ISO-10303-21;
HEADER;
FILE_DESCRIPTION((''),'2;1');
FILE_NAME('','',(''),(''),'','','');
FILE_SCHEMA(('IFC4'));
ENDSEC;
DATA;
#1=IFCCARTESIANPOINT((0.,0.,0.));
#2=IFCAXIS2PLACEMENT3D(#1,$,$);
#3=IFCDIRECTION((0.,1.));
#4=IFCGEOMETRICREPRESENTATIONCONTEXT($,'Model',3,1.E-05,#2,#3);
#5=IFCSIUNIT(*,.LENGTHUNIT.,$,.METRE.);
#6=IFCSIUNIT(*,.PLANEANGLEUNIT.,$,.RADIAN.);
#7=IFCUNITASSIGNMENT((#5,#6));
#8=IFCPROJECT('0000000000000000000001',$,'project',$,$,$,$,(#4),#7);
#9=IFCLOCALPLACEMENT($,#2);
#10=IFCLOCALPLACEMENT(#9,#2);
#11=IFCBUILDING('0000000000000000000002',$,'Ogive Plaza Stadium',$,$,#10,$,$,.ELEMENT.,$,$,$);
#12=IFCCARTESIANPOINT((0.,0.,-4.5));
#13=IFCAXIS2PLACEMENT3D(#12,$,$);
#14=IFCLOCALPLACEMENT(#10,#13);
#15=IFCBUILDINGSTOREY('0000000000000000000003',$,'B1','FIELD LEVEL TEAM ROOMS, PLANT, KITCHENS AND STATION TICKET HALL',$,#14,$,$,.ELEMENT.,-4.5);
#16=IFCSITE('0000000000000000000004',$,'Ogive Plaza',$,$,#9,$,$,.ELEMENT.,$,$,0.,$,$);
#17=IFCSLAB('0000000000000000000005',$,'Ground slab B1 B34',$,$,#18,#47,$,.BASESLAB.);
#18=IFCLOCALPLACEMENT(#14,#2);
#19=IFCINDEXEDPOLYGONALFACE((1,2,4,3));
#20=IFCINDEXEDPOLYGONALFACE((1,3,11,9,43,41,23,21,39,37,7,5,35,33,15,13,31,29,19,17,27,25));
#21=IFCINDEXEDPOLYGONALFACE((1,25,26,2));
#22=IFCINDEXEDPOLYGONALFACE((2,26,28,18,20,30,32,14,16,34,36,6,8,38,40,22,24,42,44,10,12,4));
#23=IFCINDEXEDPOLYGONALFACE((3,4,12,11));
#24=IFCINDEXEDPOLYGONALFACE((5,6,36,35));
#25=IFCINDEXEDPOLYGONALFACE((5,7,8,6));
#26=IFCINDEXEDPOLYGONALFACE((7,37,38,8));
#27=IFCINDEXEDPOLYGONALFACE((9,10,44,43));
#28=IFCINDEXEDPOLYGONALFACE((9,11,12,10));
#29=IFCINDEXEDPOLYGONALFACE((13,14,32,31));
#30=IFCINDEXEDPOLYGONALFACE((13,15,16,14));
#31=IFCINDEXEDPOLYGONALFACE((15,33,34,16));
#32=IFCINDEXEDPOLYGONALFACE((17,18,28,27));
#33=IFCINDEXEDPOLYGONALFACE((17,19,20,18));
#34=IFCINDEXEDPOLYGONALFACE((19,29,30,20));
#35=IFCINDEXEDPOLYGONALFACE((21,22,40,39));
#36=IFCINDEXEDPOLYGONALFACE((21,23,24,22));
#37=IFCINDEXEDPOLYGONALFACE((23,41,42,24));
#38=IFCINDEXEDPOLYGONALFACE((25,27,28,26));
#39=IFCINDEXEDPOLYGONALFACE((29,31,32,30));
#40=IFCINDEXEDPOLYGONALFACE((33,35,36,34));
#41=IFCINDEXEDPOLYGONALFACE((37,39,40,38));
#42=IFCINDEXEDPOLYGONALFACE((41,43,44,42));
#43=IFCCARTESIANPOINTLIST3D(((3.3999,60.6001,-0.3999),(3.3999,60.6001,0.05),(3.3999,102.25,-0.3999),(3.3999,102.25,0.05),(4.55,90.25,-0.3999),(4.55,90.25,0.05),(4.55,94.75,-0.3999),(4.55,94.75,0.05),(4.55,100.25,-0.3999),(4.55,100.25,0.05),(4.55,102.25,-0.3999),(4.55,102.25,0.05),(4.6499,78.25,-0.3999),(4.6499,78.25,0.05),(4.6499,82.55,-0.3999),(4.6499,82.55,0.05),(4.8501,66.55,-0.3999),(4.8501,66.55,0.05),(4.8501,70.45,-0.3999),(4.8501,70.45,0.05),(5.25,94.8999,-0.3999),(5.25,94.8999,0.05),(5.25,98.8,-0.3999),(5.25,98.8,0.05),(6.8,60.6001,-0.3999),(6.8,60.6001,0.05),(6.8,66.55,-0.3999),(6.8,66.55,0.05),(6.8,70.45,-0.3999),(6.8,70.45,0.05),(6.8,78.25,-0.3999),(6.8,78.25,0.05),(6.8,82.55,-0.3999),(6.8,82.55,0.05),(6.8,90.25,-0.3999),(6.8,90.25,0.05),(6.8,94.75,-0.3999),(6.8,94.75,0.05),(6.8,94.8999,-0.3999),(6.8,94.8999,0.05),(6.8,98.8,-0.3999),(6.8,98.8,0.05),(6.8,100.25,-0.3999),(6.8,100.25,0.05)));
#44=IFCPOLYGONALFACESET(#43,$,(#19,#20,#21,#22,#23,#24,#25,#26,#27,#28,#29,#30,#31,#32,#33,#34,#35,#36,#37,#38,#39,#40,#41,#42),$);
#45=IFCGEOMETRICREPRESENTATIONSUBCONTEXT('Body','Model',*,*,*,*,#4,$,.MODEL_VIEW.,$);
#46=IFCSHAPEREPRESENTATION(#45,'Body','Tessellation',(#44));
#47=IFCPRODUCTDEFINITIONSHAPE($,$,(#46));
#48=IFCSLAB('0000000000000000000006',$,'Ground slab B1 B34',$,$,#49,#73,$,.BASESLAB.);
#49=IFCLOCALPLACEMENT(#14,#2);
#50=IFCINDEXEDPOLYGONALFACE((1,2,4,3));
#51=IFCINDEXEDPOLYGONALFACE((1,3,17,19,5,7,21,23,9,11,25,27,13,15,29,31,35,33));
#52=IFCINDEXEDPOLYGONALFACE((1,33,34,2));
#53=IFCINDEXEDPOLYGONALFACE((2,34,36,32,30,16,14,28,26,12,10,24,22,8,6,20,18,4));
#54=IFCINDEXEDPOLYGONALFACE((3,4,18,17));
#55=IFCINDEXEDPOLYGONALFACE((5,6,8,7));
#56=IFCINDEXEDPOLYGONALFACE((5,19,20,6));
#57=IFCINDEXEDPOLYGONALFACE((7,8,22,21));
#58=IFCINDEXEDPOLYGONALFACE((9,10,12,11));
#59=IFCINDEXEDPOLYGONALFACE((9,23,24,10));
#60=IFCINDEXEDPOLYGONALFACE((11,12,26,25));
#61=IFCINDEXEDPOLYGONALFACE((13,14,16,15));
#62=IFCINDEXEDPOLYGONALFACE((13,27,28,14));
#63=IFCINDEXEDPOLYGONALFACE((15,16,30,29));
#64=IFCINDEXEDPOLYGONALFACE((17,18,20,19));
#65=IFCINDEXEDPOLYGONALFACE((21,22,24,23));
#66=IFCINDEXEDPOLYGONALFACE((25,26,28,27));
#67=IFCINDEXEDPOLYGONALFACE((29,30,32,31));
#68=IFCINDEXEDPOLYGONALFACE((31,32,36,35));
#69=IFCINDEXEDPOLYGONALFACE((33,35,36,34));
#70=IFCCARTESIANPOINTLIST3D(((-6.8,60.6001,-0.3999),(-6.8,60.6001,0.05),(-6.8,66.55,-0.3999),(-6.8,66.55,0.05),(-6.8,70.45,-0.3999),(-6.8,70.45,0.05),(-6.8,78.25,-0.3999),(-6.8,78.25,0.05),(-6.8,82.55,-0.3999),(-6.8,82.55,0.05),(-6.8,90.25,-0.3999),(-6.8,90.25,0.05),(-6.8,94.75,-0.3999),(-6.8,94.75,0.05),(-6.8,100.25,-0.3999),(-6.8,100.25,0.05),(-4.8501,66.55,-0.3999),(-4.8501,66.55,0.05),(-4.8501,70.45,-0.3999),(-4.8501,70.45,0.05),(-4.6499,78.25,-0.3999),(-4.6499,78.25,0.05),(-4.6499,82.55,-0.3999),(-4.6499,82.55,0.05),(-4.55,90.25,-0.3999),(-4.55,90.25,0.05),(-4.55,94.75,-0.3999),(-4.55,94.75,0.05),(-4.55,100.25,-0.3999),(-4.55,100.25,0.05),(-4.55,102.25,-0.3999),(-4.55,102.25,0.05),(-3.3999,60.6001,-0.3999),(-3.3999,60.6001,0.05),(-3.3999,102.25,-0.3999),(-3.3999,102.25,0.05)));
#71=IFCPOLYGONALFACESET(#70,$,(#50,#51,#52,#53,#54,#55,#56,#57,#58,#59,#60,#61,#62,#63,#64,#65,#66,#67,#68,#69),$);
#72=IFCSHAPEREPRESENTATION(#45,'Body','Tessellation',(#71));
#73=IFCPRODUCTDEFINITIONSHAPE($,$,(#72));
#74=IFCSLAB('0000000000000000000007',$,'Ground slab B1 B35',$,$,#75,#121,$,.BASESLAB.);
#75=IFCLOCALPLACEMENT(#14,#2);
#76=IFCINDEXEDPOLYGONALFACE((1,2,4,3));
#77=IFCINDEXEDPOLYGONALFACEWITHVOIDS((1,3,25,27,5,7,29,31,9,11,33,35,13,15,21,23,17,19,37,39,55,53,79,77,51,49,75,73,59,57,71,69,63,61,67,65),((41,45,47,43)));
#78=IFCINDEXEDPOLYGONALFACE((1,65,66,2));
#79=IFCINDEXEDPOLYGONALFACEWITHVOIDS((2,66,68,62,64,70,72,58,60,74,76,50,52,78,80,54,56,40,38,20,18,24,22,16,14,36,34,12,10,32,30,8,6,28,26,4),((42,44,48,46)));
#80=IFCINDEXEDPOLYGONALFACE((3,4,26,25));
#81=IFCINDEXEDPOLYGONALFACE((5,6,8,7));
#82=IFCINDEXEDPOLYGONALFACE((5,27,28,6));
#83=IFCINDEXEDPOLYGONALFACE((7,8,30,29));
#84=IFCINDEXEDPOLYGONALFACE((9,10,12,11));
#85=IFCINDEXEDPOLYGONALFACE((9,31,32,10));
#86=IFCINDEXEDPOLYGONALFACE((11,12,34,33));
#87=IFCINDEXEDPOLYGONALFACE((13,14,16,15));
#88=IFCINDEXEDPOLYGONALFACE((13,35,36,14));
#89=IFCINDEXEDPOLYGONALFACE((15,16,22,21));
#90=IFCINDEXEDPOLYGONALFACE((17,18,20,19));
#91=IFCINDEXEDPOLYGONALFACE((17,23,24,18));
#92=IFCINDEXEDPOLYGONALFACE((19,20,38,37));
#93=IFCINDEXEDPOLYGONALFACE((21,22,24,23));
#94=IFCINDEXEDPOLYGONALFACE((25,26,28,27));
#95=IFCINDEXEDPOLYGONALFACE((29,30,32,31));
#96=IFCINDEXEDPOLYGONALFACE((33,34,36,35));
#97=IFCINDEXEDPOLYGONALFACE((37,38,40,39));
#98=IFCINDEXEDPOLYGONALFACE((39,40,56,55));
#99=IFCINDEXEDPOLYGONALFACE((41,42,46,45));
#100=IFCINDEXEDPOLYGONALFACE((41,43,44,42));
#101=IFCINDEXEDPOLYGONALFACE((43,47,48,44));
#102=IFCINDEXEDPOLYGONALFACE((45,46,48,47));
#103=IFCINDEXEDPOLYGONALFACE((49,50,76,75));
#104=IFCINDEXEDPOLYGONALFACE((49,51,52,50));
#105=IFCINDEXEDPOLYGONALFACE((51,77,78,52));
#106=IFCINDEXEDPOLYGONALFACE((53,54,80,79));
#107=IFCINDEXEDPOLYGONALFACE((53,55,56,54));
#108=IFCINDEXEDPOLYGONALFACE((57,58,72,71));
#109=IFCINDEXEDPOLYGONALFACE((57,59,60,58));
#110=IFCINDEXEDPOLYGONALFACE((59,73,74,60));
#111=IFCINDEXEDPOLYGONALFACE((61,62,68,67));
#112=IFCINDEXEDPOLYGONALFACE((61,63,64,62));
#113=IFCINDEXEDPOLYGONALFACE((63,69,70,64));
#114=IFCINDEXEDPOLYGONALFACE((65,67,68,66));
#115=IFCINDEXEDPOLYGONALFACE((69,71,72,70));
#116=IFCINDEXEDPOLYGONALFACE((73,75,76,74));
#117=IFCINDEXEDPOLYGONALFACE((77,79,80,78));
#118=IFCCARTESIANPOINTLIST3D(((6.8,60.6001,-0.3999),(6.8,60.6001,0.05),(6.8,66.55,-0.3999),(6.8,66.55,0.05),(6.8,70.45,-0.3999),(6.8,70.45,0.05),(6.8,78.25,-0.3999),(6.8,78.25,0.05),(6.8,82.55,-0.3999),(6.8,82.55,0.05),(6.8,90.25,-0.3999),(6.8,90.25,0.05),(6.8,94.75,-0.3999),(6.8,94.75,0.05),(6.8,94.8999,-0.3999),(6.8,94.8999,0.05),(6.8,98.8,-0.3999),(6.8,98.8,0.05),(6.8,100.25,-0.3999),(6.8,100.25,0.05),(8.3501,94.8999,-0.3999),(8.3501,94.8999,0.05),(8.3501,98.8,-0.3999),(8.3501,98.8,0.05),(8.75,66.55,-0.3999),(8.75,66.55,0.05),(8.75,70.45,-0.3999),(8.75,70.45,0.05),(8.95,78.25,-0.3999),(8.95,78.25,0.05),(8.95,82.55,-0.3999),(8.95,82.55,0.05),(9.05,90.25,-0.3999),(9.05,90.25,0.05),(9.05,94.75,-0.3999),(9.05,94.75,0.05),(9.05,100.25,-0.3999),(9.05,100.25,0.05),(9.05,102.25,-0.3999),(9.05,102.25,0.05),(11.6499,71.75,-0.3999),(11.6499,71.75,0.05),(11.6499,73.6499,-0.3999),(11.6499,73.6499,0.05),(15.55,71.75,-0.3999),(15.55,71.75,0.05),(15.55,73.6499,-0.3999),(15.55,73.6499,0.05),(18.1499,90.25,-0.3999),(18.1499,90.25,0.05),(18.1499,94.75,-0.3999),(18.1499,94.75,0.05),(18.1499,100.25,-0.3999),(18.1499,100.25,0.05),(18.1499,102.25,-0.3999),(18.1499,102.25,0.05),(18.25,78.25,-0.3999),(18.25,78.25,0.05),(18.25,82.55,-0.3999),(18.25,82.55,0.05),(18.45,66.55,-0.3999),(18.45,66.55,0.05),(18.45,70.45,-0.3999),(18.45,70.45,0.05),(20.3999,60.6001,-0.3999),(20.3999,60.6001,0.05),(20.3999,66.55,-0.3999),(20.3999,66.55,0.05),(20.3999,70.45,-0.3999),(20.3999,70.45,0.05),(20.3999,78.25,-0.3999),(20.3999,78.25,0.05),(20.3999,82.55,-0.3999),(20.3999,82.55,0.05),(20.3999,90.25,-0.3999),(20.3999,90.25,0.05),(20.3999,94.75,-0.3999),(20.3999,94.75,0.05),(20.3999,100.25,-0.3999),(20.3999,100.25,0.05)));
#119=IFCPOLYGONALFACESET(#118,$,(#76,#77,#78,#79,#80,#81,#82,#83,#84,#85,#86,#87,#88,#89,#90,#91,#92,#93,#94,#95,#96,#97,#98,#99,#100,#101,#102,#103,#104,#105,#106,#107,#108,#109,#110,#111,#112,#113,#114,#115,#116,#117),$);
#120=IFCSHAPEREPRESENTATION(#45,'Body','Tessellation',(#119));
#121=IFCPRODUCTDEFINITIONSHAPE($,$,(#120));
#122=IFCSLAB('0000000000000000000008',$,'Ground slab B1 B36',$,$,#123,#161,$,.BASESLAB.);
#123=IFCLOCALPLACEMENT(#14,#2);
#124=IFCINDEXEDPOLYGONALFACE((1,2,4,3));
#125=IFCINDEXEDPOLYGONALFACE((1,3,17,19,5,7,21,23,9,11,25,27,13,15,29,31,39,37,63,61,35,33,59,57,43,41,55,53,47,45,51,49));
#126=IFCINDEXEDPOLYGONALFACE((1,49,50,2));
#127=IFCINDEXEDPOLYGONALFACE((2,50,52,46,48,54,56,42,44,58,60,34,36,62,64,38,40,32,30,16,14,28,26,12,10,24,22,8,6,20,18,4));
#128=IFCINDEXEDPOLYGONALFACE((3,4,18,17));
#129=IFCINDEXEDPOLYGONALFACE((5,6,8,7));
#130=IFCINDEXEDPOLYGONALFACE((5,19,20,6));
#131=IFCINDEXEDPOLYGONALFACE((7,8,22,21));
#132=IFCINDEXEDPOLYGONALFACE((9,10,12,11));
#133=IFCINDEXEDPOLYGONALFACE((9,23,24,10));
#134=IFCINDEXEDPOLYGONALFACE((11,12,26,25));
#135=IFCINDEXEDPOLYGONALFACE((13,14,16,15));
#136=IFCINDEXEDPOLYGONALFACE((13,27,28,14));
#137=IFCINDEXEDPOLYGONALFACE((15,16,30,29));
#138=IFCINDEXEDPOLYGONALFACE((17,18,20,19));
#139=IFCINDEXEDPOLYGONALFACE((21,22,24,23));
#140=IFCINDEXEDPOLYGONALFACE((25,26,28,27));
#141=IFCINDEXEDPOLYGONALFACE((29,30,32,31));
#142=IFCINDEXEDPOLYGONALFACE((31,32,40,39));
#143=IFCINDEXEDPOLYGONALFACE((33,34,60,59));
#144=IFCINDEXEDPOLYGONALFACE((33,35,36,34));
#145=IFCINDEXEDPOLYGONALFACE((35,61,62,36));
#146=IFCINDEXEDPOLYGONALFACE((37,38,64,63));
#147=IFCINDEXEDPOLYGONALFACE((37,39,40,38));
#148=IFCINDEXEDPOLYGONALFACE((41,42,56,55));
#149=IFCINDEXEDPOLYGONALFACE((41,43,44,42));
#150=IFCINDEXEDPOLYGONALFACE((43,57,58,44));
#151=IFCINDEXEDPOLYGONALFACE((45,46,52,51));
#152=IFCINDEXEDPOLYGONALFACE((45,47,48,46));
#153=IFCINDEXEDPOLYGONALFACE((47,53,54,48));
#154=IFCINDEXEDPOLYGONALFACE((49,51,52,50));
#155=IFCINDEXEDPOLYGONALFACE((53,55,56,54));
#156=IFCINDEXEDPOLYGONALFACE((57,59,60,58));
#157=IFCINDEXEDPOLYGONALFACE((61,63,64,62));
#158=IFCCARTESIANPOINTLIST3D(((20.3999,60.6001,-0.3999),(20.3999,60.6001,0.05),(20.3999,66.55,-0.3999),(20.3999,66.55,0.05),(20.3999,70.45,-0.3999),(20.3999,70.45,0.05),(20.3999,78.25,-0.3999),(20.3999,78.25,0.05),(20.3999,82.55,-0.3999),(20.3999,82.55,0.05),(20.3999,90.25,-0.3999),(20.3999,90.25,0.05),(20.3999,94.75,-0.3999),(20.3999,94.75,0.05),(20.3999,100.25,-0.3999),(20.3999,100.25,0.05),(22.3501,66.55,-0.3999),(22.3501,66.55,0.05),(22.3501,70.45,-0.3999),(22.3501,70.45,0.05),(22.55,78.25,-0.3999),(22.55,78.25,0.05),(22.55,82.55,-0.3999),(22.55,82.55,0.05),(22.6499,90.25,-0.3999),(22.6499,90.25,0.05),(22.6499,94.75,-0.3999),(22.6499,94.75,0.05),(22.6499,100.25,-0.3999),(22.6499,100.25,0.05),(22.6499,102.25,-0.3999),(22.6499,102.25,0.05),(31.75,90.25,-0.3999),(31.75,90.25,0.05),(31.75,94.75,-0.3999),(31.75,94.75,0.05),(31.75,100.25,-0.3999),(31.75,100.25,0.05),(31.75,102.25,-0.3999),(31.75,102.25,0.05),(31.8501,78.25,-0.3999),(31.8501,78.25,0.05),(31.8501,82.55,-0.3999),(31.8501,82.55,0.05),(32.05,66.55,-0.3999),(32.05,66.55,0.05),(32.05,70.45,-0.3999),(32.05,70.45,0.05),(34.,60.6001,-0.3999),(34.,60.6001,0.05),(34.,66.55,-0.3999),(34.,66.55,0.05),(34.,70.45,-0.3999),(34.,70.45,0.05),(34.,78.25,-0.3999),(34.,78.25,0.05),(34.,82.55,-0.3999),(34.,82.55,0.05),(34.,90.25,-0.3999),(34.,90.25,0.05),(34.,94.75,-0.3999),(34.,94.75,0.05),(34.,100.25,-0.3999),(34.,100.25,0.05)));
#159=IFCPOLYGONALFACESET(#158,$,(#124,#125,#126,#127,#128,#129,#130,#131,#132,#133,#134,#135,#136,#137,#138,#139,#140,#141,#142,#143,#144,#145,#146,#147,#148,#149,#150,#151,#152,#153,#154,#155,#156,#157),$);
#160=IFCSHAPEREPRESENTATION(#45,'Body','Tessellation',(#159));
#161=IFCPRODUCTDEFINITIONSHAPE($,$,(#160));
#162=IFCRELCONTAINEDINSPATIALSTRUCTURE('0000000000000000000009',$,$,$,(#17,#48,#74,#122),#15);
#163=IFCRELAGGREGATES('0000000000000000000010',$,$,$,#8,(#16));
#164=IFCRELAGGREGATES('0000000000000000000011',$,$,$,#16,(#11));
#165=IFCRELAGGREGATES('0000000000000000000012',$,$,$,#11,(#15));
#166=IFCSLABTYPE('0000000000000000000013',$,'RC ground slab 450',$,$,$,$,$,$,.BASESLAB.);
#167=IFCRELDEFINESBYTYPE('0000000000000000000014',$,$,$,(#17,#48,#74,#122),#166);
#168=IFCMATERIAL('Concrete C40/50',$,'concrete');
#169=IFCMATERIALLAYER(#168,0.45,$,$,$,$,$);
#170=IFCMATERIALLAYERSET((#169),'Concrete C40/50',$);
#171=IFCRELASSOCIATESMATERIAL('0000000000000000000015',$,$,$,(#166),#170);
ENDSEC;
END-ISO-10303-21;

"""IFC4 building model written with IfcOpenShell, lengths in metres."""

from ifc_helpers import new_model, si_unit, direction, frame, origin, place, context, subcontext, project, spatial, polyline, outline, extrude, material, layer, layer_set, type_object, element, save


model = new_model("IFC4")

# Units and contexts
model_context = context("Model", 3, precision=1e-05, world=origin(), true_north=direction((0.0, 1.0)))
body_context = subcontext(model_context, "Body", "Model", "MODEL_VIEW")
ifc_project = project(units=[si_unit("LENGTHUNIT", "METRE"), si_unit("PLANEANGLEUNIT", "RADIAN")], contexts=[model_context])

# Site, building, storey
site_placement = place(None, origin())
site = spatial("IfcSite", under=ifc_project, at=site_placement, Name="Ogive Plaza", CompositionType="ELEMENT", RefElevation=0.0)
building_placement = place(site_placement, origin())
building = spatial("IfcBuilding", under=site, at=building_placement, Name="Ogive Plaza Stadium", CompositionType="ELEMENT")
storey_placement = place(building_placement, frame((0.0, 0.0, -4.5)))
storey = spatial("IfcBuildingStorey", under=building, at=storey_placement, Name="B1", Description="FIELD LEVEL TEAM ROOMS, PLANT, KITCHENS AND STATION TICKET HALL", CompositionType="ELEMENT", Elevation=-4.5)

# Slabs
ifc_material_1 = material(Name="Concrete C40/50", Category="concrete")
ifc_layer_1 = layer(ifc_material_1, 0.45)
ifc_layer_set_1 = layer_set([ifc_layer_1], Name="Concrete C40/50")
slab_type_1 = type_object("IfcSlabType", Name="RC ground slab 450", PredefinedType="BASESLAB", material=ifc_layer_set_1)
slab_1_placement = place(storey_placement, frame((0.0, 0.0, -0.3999)))
element("IfcSlab", 1, at=slab_1_placement, inside=storey, type_object=slab_type_1, Name="Ground slab B1 B34", PredefinedType="BASESLAB", context=body_context, shape_type="SweptSolid", body=[
    extrude(outline(polyline([(6.8, 66.55), (4.8501, 66.55), (4.8501, 70.45), (6.8, 70.45), (6.8, 78.25), (4.6499, 78.25), (4.6499, 82.55), (6.8, 82.55), (6.8, 90.25), (4.55, 90.25), (4.55, 94.75), (6.8, 94.75), (6.8, 94.8999), (5.25, 94.8999), (5.25, 98.8), (6.8, 98.8), (6.8, 100.25), (4.55, 100.25), (4.55, 102.25), (3.3999, 102.25), (3.3999, 60.6001), (6.8, 60.6001), (6.8, 66.55)])), origin(), (0.0, 0.0, 1.0), 0.45),
])
slab_2_placement = place(storey_placement, frame((0.0, 0.0, -0.3999)))
element("IfcSlab", 2, at=slab_2_placement, inside=storey, type_object=slab_type_1, Name="Ground slab B1 B34", PredefinedType="BASESLAB", context=body_context, shape_type="SweptSolid", body=[
    extrude(outline(polyline([(-4.55, 102.25), (-4.55, 100.25), (-6.8, 100.25), (-6.8, 94.75), (-4.55, 94.75), (-4.55, 90.25), (-6.8, 90.25), (-6.8, 82.55), (-4.6499, 82.55), (-4.6499, 78.25), (-6.8, 78.25), (-6.8, 70.45), (-4.8501, 70.45), (-4.8501, 66.55), (-6.8, 66.55), (-6.8, 60.6001), (-3.3999, 60.6001), (-3.3999, 102.25), (-4.55, 102.25)])), origin(), (0.0, 0.0, 1.0), 0.45),
])
slab_3_placement = place(storey_placement, frame((0.0, 0.0, -0.3999)))
element("IfcSlab", 3, at=slab_3_placement, inside=storey, type_object=slab_type_1, Name="Ground slab B1 B35", PredefinedType="BASESLAB", context=body_context, shape_type="SweptSolid", body=[
    extrude(outline(polyline([(20.3999, 66.55), (18.45, 66.55), (18.45, 70.45), (20.3999, 70.45), (20.3999, 78.25), (18.25, 78.25), (18.25, 82.55), (20.3999, 82.55), (20.3999, 90.25), (18.1499, 90.25), (18.1499, 94.75), (20.3999, 94.75), (20.3999, 100.25), (18.1499, 100.25), (18.1499, 102.25), (9.05, 102.25), (9.05, 100.25), (6.8, 100.25), (6.8, 98.8), (8.3501, 98.8), (8.3501, 94.8999), (6.8, 94.8999), (6.8, 94.75), (9.05, 94.75), (9.05, 90.25), (6.8, 90.25), (6.8, 82.55), (8.95, 82.55), (8.95, 78.25), (6.8, 78.25), (6.8, 70.45), (8.75, 70.45), (8.75, 66.55), (6.8, 66.55), (6.8, 60.6001), (20.3999, 60.6001), (20.3999, 66.55)]), holes=[polyline([(11.6499, 73.6499), (11.6499, 71.75), (15.55, 71.75), (15.55, 73.6499), (11.6499, 73.6499)])]), origin(), (0.0, 0.0, 1.0), 0.45),
])
slab_4_placement = place(storey_placement, frame((0.0, 0.0, -0.3999)))
element("IfcSlab", 4, at=slab_4_placement, inside=storey, type_object=slab_type_1, Name="Ground slab B1 B36", PredefinedType="BASESLAB", context=body_context, shape_type="SweptSolid", body=[
    extrude(outline(polyline([(34.0, 66.55), (32.05, 66.55), (32.05, 70.45), (34.0, 70.45), (34.0, 78.25), (31.8501, 78.25), (31.8501, 82.55), (34.0, 82.55), (34.0, 90.25), (31.75, 90.25), (31.75, 94.75), (34.0, 94.75), (34.0, 100.25), (31.75, 100.25), (31.75, 102.25), (22.6499, 102.25), (22.6499, 100.25), (20.3999, 100.25), (20.3999, 94.75), (22.6499, 94.75), (22.6499, 90.25), (20.3999, 90.25), (20.3999, 82.55), (22.55, 82.55), (22.55, 78.25), (20.3999, 78.25), (20.3999, 70.45), (22.3501, 70.45), (22.3501, 66.55), (20.3999, 66.55), (20.3999, 60.6001), (34.0, 60.6001), (34.0, 66.55)])), origin(), (0.0, 0.0, 1.0), 0.45),
])

save(model, "model.ifc")
